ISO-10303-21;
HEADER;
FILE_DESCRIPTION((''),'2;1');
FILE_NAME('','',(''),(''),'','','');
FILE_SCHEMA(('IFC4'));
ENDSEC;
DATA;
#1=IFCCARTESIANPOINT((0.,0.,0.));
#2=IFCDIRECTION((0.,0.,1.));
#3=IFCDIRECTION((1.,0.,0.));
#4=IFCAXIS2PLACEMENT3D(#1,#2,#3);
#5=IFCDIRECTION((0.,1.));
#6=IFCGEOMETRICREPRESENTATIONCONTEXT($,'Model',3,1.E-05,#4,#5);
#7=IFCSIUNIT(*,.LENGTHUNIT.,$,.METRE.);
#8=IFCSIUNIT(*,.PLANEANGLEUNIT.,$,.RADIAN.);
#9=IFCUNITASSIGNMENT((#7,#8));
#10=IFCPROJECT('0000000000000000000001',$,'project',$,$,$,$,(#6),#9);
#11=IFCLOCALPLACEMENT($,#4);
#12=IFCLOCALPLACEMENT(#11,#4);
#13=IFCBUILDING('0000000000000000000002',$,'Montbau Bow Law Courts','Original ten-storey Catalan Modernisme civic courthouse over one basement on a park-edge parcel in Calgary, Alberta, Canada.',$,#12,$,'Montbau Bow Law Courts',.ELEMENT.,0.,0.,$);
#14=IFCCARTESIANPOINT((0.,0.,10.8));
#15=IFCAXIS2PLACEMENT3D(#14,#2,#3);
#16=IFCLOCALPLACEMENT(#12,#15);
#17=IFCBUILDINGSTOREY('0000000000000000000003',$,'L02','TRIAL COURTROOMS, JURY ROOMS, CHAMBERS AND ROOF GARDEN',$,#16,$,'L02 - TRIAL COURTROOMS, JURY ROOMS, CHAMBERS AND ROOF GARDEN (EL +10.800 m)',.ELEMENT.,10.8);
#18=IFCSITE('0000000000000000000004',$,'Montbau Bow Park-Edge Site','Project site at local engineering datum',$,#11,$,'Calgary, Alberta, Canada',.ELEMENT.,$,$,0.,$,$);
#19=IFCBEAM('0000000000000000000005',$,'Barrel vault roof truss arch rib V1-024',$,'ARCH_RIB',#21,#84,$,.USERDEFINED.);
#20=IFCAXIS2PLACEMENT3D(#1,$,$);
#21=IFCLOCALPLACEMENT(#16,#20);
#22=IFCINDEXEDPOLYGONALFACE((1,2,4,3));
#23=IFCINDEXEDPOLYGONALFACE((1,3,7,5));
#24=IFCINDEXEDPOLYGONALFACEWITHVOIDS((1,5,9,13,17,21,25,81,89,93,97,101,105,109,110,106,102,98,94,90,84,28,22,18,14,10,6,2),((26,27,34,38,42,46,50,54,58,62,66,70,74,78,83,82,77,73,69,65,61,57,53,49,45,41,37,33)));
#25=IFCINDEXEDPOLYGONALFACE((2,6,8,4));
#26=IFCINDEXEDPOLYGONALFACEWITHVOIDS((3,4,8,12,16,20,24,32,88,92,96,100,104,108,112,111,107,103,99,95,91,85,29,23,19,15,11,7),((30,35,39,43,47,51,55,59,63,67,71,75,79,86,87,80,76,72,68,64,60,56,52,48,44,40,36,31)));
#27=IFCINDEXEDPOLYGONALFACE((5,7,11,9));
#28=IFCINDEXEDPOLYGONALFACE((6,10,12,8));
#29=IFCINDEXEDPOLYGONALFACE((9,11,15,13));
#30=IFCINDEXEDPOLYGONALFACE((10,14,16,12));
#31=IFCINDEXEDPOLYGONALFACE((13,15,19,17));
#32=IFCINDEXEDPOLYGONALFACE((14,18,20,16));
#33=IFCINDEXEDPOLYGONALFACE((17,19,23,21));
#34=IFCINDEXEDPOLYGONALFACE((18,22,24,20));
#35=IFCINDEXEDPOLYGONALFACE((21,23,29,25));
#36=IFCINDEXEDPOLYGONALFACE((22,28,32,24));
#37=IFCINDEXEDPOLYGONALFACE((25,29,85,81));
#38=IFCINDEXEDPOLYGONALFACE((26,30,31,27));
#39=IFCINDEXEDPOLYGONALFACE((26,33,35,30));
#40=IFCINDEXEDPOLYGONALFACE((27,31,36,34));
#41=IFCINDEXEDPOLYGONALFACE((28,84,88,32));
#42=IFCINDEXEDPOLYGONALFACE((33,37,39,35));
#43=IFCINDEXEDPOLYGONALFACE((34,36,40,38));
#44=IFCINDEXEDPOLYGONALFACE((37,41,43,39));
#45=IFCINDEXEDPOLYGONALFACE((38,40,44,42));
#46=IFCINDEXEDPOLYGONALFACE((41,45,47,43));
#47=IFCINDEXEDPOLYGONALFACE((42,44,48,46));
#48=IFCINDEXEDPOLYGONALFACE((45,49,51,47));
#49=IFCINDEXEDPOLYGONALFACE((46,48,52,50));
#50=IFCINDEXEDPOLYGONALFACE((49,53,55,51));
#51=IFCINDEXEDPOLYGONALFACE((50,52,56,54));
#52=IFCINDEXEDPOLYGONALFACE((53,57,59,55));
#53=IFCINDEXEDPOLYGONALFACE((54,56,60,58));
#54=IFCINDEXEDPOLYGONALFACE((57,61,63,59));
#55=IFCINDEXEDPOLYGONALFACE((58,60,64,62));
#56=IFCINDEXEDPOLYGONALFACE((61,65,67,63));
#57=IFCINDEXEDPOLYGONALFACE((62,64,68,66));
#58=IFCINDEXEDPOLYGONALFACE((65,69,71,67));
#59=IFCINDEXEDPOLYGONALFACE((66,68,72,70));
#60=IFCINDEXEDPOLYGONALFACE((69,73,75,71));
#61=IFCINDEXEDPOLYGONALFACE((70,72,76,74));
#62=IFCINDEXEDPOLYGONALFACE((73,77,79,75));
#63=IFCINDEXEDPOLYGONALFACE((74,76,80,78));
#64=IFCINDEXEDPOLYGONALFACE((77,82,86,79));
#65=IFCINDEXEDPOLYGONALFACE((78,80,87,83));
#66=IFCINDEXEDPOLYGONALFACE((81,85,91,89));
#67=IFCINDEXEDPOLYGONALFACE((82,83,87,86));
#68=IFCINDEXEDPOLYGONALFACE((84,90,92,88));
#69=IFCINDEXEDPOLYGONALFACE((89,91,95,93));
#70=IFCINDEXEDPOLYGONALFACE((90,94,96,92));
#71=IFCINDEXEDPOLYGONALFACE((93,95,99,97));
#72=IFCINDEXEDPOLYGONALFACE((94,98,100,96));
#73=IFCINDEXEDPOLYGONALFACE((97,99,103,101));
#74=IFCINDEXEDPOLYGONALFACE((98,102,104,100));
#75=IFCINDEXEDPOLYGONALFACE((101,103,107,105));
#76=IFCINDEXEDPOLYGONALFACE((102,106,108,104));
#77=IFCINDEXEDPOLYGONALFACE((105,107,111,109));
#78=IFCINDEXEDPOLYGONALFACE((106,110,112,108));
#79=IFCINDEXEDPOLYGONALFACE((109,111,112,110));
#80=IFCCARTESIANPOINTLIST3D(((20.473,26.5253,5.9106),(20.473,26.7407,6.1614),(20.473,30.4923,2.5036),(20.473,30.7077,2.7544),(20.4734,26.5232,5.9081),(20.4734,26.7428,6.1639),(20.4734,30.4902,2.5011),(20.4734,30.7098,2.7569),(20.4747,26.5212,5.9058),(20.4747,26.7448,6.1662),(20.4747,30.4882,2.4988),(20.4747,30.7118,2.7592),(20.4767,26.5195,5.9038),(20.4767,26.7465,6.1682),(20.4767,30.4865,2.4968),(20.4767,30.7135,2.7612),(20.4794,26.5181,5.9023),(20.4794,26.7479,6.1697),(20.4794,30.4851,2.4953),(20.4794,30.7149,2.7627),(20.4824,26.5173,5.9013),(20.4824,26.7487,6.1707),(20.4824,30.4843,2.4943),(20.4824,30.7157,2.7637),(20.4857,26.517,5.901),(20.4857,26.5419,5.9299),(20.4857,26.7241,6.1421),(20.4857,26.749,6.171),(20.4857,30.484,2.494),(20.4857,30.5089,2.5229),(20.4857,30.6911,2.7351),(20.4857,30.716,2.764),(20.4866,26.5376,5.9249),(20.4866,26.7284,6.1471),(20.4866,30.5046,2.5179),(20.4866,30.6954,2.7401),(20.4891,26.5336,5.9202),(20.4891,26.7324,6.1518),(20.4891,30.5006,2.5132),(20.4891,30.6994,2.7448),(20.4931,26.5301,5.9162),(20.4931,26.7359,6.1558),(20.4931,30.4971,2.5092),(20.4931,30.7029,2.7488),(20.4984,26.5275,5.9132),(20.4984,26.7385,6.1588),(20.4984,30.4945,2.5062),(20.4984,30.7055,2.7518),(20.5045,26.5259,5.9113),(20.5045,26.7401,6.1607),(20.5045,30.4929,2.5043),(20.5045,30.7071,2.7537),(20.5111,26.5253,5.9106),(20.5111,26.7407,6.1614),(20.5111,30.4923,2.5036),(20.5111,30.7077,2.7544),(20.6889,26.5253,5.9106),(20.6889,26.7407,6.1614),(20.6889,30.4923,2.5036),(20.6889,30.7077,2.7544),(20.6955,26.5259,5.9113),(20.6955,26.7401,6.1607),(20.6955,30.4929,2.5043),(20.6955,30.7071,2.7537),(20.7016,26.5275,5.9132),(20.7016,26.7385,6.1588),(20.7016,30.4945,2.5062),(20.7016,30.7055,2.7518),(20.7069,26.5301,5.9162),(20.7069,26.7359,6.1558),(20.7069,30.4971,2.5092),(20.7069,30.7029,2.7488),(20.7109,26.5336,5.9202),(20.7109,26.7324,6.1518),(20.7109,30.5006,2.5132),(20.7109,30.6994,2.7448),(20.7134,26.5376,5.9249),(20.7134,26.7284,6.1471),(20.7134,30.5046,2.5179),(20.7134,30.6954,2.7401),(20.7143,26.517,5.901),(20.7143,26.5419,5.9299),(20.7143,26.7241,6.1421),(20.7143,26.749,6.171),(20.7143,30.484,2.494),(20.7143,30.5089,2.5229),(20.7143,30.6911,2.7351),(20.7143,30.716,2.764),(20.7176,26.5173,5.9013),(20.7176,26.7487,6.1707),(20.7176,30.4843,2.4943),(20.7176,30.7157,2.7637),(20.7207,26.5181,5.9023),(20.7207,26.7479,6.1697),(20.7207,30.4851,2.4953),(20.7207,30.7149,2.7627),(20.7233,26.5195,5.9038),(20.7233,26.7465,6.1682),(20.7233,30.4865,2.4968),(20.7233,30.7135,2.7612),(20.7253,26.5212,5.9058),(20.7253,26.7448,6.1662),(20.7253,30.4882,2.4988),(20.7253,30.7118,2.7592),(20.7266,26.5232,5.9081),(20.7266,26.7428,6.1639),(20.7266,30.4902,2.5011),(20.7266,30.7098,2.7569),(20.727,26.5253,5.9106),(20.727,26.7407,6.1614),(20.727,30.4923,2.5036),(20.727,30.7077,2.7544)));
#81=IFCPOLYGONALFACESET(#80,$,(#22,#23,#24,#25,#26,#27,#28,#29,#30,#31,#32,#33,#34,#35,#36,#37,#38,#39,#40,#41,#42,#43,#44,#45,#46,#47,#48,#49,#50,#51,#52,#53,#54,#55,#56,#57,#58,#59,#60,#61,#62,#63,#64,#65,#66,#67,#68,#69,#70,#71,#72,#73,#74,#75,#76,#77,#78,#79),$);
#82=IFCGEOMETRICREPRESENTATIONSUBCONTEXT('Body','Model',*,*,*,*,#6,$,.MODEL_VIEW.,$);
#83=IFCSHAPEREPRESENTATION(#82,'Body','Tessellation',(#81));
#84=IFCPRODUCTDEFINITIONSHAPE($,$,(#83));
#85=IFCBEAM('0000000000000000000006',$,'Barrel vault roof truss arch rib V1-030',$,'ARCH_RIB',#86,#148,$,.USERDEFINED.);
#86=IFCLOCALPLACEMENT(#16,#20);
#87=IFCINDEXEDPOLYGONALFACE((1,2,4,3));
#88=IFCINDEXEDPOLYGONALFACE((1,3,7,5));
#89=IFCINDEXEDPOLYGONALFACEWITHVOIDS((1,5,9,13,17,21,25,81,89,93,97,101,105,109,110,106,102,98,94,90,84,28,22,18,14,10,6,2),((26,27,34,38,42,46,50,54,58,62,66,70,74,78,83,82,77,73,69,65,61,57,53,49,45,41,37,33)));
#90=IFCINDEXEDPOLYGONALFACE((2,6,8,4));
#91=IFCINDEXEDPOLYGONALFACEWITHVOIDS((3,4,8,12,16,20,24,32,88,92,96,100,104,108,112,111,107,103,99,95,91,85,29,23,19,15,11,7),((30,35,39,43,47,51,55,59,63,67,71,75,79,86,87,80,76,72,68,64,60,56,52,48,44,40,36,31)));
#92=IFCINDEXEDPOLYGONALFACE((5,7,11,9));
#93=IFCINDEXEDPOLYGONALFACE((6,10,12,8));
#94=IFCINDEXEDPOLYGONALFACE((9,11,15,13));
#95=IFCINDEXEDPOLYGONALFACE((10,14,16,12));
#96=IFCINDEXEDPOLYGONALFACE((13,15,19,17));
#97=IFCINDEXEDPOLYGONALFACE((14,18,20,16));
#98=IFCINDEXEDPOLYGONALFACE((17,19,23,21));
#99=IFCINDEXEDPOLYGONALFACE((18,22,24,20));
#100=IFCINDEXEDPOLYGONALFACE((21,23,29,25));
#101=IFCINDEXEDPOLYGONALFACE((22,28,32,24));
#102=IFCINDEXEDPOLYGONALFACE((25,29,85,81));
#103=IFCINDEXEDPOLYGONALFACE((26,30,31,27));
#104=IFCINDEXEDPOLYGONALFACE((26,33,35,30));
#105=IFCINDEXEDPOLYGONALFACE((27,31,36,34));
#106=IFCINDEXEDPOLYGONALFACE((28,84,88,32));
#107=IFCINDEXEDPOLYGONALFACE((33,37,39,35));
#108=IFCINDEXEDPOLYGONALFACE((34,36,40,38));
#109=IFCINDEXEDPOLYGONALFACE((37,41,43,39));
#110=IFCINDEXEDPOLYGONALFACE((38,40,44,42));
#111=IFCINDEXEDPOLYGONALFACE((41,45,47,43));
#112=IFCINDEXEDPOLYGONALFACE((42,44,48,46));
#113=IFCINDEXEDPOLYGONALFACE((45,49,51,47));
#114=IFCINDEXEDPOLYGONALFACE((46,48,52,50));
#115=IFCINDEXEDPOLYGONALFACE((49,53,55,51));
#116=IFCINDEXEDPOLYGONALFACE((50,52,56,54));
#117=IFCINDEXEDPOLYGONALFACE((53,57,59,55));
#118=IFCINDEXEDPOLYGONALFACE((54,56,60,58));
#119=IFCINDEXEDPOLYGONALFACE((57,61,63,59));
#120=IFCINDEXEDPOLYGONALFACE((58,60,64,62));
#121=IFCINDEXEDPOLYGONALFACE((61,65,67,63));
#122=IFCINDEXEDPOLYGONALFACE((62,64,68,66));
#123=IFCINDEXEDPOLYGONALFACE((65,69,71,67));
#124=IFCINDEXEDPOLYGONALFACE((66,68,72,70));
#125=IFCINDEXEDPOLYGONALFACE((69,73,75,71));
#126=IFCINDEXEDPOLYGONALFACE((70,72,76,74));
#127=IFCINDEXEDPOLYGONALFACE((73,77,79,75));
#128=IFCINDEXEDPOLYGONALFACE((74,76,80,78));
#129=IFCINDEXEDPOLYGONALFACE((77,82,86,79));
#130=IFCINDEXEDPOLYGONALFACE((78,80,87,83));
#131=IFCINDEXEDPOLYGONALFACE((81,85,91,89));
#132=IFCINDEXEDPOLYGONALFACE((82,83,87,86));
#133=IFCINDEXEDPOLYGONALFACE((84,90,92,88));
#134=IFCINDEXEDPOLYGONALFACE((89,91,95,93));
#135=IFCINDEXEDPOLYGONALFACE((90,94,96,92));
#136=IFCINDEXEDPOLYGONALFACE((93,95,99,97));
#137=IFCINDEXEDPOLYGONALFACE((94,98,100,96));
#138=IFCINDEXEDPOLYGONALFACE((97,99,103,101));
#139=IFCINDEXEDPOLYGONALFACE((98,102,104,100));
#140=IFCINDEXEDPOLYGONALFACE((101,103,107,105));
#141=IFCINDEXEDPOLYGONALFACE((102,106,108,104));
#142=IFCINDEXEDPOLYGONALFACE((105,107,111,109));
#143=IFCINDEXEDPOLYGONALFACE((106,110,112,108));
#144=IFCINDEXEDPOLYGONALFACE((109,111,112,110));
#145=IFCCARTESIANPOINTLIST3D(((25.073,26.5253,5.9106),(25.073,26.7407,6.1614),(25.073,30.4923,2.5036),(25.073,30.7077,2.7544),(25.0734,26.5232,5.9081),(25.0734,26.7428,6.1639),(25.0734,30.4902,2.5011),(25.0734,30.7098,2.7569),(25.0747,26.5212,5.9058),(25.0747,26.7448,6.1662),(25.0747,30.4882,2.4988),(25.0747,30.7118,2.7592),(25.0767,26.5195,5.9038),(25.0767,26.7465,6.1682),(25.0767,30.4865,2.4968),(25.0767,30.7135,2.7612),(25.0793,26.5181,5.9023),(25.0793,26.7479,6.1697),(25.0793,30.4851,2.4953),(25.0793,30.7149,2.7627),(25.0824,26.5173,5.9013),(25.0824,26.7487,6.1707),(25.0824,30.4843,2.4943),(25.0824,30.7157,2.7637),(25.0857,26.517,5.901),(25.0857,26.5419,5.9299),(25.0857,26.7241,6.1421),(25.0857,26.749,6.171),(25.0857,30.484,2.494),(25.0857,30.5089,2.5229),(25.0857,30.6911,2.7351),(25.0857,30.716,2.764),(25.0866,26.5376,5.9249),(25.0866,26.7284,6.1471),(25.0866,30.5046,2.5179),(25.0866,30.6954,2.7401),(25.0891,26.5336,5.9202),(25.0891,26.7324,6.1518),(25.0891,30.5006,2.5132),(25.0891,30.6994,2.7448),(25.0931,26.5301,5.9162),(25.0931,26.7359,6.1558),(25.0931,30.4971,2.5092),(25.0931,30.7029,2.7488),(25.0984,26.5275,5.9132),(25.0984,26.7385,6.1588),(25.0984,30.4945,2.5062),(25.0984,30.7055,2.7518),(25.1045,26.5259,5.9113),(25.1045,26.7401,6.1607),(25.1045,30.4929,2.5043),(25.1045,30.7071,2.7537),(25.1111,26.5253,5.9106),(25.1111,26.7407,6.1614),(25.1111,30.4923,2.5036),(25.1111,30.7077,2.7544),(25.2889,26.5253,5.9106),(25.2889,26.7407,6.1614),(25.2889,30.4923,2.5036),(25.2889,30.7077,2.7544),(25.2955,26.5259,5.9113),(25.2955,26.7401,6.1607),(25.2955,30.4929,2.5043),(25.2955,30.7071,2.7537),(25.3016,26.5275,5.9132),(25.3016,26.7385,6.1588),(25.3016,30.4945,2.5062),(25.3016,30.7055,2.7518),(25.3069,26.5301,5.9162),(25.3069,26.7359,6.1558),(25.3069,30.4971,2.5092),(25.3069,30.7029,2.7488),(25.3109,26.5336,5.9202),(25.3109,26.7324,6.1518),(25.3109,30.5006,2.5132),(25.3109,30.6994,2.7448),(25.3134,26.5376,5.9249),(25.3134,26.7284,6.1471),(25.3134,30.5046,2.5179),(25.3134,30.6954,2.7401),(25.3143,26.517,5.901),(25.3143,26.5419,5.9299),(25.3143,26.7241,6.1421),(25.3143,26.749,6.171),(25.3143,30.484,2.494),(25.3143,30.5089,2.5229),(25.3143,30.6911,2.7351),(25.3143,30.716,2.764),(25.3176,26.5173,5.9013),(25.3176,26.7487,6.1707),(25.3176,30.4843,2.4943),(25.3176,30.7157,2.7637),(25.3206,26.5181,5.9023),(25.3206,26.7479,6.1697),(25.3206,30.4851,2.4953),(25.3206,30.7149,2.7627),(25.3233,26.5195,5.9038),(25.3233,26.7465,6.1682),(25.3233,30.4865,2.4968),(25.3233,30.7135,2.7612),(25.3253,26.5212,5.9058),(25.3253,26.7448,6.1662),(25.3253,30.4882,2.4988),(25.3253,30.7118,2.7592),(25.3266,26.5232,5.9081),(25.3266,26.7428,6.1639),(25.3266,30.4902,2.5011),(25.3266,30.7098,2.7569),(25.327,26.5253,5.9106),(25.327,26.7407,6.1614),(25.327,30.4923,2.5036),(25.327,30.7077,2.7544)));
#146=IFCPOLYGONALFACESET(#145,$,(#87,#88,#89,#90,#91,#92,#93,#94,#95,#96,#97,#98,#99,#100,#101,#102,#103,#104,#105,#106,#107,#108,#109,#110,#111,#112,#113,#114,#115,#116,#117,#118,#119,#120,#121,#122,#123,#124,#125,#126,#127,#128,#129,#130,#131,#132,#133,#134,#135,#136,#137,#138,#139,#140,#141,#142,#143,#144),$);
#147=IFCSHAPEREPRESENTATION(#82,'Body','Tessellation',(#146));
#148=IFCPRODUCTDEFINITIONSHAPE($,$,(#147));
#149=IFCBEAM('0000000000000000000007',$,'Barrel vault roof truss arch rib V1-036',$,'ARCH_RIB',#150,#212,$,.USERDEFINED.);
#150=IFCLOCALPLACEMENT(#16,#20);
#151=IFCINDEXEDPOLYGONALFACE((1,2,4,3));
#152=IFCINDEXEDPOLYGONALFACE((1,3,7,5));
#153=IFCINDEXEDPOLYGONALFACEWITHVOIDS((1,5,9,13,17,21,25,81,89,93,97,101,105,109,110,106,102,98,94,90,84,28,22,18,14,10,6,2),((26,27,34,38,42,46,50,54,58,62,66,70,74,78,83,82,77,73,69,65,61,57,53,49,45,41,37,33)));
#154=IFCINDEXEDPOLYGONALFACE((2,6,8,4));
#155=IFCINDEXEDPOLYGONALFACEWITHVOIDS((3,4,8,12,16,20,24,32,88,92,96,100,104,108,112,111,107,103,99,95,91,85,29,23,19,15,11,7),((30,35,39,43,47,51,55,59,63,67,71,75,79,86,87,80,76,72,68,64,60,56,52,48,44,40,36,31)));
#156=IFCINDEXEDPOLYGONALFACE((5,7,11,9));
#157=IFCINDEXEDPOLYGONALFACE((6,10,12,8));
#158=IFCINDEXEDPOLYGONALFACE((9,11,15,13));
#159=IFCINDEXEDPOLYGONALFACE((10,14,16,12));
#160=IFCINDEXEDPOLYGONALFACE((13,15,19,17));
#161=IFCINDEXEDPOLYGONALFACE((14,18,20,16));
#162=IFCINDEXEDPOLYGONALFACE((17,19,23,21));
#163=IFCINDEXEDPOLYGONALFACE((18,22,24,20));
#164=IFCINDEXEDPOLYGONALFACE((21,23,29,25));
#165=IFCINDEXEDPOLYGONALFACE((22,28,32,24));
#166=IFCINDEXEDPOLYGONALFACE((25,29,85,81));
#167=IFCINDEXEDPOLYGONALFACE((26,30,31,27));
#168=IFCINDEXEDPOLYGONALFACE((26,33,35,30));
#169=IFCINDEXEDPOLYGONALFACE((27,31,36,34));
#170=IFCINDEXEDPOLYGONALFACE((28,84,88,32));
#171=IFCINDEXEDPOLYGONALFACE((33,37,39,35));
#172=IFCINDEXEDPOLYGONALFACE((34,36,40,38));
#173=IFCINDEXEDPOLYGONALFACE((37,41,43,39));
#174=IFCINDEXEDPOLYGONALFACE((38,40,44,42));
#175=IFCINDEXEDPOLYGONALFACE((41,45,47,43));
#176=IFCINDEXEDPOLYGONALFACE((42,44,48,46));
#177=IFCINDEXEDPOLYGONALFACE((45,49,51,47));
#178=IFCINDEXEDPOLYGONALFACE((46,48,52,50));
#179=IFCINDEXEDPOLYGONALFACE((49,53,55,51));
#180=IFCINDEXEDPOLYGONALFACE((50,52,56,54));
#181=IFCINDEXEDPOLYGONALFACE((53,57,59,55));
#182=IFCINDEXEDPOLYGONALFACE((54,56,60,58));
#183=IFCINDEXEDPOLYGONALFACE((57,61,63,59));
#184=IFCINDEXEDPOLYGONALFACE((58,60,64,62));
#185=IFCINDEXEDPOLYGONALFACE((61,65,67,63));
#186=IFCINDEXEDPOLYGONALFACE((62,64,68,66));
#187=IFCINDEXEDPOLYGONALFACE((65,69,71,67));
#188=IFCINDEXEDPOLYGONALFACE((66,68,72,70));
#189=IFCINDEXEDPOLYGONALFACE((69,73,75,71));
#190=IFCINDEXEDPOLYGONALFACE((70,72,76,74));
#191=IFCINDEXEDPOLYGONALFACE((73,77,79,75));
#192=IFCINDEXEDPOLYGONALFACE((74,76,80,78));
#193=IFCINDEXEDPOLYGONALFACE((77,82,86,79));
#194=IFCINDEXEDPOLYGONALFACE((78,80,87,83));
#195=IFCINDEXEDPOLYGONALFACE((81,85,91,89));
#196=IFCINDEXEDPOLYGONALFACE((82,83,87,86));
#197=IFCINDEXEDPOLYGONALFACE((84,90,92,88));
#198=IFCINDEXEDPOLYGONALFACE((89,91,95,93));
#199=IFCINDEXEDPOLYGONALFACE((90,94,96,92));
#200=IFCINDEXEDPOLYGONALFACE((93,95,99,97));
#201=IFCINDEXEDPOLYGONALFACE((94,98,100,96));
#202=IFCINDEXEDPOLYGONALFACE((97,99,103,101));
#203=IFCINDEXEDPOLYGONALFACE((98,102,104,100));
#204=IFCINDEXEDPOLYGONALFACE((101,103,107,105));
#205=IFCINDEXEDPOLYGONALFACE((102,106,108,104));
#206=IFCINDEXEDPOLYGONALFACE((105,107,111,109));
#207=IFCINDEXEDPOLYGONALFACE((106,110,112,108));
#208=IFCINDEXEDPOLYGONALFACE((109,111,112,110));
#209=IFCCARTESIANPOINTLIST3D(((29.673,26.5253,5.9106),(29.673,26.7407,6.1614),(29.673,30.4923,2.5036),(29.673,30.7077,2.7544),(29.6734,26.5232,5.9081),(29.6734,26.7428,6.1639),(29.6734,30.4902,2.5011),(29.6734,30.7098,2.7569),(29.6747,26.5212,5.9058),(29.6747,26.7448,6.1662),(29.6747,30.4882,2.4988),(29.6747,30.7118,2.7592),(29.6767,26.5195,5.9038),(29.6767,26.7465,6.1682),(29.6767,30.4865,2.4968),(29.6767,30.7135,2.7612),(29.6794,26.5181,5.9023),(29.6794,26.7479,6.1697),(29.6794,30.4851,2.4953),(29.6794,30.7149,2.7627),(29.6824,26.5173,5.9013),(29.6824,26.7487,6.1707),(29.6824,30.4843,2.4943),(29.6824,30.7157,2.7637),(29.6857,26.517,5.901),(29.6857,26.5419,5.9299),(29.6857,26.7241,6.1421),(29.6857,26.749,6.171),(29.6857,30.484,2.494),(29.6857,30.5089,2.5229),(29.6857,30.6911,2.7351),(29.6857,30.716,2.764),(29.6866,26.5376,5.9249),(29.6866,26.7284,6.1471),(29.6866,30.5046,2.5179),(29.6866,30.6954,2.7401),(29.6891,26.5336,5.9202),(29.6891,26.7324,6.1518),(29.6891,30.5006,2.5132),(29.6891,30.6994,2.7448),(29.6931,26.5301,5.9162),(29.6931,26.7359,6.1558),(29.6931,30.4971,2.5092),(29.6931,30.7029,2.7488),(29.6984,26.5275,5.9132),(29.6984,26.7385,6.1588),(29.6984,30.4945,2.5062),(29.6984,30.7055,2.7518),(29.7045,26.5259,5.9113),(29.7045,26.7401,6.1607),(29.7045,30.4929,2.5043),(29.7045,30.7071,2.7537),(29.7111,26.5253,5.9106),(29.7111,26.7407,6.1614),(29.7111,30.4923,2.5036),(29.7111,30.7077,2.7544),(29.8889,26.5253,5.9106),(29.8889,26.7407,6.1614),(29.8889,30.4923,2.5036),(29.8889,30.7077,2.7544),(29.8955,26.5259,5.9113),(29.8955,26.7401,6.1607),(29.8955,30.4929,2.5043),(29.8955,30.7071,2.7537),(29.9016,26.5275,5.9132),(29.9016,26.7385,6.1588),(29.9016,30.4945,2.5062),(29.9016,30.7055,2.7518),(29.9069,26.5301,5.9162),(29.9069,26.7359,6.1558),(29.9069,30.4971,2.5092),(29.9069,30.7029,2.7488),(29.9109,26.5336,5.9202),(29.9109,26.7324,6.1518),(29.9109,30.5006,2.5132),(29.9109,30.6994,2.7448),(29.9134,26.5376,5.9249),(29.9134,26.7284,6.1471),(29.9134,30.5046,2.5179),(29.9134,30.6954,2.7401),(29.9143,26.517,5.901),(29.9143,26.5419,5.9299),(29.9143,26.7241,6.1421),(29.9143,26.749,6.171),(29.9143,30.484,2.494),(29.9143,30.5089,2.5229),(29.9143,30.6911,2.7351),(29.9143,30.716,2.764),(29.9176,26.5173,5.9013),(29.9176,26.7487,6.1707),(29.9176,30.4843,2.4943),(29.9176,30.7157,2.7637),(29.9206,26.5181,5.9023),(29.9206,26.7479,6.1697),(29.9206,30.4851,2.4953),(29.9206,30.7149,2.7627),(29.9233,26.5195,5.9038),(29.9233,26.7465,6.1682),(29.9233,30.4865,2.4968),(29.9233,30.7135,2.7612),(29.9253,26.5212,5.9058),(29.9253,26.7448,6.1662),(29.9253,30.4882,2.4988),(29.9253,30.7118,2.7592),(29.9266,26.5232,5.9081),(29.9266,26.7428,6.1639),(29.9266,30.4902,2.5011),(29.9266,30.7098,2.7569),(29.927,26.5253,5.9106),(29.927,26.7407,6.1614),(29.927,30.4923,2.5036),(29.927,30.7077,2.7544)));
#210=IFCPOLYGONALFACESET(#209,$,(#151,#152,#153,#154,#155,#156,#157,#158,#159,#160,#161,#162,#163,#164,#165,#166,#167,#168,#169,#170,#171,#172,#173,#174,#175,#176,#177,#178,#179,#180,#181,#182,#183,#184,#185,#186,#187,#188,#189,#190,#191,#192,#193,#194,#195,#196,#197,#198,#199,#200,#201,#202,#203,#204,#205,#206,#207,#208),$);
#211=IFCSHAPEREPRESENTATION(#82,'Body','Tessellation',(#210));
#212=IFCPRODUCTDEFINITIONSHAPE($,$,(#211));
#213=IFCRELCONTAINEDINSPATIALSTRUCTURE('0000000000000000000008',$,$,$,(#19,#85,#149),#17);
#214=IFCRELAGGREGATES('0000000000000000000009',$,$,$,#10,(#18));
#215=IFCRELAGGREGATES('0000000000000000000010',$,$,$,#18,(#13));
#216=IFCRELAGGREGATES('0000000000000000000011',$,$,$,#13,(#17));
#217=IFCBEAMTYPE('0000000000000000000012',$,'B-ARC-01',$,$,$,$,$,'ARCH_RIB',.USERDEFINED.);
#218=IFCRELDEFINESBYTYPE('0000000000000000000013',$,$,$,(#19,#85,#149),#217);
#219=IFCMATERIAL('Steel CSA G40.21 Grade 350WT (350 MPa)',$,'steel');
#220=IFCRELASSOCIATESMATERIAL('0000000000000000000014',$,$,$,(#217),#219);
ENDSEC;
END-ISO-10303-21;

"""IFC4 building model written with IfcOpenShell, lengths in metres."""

from ifc_helpers import new_model, si_unit, direction, frame, origin_with_axes, origin_2d_with_axis, place, context, subcontext, project, spatial, hollow_rectangle, extrude, material, material_profile, profile_set, type_object, element, save


model = new_model("IFC4")

# Units and contexts
model_context = context("Model", 3, precision=1e-05, world=origin_with_axes(), true_north=direction((0.0, 1.0)))
body_context = subcontext(model_context, "Body", "Model", "MODEL_VIEW")
ifc_project = project(units=[si_unit("LENGTHUNIT", "METRE"), si_unit("PLANEANGLEUNIT", "RADIAN")], contexts=[model_context])

# Site, building, storey
site_placement = place(None, origin_with_axes())
site = spatial("IfcSite", under=ifc_project, at=site_placement, Name="Montbau Bow Park-Edge Site", Description="Project site at local engineering datum", LongName="Calgary, Alberta, Canada", CompositionType="ELEMENT", RefElevation=0.0)
building_placement = place(site_placement, origin_with_axes())
building = spatial("IfcBuilding", under=site, at=building_placement, Name="Montbau Bow Law Courts", Description="Original ten-storey Catalan Modernisme civic courthouse over one basement on a park-edge parcel in Calgary, Alberta, Canada.", LongName="Montbau Bow Law Courts", CompositionType="ELEMENT", ElevationOfRefHeight=0.0, ElevationOfTerrain=0.0)
storey_placement = place(building_placement, frame((0.0, 0.0, 10.8), z_axis=(0.0, 0.0, 1.0), x_axis=(1.0, 0.0, 0.0)))
storey = spatial("IfcBuildingStorey", under=building, at=storey_placement, Name="L02", Description="TRIAL COURTROOMS, JURY ROOMS, CHAMBERS AND ROOF GARDEN", LongName="L02 - TRIAL COURTROOMS, JURY ROOMS, CHAMBERS AND ROOF GARDEN (EL +10.800 m)", CompositionType="ELEMENT", Elevation=10.8)

# Beams
ifc_material_1 = material(Name="Steel CSA G40.21 Grade 350WT (350 MPa)", Category="steel")
ifc_material_profile_1 = material_profile(ifc_material_1, hollow_rectangle(XDim=0.254, YDim=0.356, WallThickness=0.0127, InnerFilletRadius=0.0254, OuterFilletRadius=0.0127, at=origin_2d_with_axis()), Name="HSS356X254X13", Category="Main", Priority=0)
ifc_profile_set_1 = profile_set([ifc_material_profile_1], Name="Steel CSA G40.21 Grade 350WT (350 MPa)")
beam_type = type_object("IfcBeamType", Name="B-ARC-01", ElementType="ARCH_RIB", PredefinedType="USERDEFINED", material=ifc_profile_set_1)
for number, where, z_axis, x_axis, name in (
    (1, (20.6, 26.633, 16.836), (0.0, 0.758622, -0.651531), (-1.0, 0.0, 0.0), "Barrel vault roof truss arch rib V1-024"),
    (2, (25.2, 26.633, 16.836), (0.0, 0.758622, -0.651531), (-1.0, 0.0, 0.0), "Barrel vault roof truss arch rib V1-030"),
    (3, (29.8, 26.633, 16.836), (0.0, 0.758622, -0.651531), (-1.0, 0.0, 0.0), "Barrel vault roof truss arch rib V1-036"),
):
    element("IfcBeam", number, at=place(None, frame(where, z_axis=z_axis, x_axis=x_axis)), inside=storey, type_object=beam_type, Name=name, ObjectType="ARCH_RIB", PredefinedType="USERDEFINED", context=body_context, shape_type="SweptSolid", body=[
        extrude(hollow_rectangle(XDim=0.254, YDim=0.356, WallThickness=0.0127, InnerFilletRadius=0.0254, OuterFilletRadius=0.0127, at=origin_2d_with_axis()), origin_with_axes(), (0.0, 0.0, 1.0), 5.2292),
    ])

save(model, "model.ifc")
